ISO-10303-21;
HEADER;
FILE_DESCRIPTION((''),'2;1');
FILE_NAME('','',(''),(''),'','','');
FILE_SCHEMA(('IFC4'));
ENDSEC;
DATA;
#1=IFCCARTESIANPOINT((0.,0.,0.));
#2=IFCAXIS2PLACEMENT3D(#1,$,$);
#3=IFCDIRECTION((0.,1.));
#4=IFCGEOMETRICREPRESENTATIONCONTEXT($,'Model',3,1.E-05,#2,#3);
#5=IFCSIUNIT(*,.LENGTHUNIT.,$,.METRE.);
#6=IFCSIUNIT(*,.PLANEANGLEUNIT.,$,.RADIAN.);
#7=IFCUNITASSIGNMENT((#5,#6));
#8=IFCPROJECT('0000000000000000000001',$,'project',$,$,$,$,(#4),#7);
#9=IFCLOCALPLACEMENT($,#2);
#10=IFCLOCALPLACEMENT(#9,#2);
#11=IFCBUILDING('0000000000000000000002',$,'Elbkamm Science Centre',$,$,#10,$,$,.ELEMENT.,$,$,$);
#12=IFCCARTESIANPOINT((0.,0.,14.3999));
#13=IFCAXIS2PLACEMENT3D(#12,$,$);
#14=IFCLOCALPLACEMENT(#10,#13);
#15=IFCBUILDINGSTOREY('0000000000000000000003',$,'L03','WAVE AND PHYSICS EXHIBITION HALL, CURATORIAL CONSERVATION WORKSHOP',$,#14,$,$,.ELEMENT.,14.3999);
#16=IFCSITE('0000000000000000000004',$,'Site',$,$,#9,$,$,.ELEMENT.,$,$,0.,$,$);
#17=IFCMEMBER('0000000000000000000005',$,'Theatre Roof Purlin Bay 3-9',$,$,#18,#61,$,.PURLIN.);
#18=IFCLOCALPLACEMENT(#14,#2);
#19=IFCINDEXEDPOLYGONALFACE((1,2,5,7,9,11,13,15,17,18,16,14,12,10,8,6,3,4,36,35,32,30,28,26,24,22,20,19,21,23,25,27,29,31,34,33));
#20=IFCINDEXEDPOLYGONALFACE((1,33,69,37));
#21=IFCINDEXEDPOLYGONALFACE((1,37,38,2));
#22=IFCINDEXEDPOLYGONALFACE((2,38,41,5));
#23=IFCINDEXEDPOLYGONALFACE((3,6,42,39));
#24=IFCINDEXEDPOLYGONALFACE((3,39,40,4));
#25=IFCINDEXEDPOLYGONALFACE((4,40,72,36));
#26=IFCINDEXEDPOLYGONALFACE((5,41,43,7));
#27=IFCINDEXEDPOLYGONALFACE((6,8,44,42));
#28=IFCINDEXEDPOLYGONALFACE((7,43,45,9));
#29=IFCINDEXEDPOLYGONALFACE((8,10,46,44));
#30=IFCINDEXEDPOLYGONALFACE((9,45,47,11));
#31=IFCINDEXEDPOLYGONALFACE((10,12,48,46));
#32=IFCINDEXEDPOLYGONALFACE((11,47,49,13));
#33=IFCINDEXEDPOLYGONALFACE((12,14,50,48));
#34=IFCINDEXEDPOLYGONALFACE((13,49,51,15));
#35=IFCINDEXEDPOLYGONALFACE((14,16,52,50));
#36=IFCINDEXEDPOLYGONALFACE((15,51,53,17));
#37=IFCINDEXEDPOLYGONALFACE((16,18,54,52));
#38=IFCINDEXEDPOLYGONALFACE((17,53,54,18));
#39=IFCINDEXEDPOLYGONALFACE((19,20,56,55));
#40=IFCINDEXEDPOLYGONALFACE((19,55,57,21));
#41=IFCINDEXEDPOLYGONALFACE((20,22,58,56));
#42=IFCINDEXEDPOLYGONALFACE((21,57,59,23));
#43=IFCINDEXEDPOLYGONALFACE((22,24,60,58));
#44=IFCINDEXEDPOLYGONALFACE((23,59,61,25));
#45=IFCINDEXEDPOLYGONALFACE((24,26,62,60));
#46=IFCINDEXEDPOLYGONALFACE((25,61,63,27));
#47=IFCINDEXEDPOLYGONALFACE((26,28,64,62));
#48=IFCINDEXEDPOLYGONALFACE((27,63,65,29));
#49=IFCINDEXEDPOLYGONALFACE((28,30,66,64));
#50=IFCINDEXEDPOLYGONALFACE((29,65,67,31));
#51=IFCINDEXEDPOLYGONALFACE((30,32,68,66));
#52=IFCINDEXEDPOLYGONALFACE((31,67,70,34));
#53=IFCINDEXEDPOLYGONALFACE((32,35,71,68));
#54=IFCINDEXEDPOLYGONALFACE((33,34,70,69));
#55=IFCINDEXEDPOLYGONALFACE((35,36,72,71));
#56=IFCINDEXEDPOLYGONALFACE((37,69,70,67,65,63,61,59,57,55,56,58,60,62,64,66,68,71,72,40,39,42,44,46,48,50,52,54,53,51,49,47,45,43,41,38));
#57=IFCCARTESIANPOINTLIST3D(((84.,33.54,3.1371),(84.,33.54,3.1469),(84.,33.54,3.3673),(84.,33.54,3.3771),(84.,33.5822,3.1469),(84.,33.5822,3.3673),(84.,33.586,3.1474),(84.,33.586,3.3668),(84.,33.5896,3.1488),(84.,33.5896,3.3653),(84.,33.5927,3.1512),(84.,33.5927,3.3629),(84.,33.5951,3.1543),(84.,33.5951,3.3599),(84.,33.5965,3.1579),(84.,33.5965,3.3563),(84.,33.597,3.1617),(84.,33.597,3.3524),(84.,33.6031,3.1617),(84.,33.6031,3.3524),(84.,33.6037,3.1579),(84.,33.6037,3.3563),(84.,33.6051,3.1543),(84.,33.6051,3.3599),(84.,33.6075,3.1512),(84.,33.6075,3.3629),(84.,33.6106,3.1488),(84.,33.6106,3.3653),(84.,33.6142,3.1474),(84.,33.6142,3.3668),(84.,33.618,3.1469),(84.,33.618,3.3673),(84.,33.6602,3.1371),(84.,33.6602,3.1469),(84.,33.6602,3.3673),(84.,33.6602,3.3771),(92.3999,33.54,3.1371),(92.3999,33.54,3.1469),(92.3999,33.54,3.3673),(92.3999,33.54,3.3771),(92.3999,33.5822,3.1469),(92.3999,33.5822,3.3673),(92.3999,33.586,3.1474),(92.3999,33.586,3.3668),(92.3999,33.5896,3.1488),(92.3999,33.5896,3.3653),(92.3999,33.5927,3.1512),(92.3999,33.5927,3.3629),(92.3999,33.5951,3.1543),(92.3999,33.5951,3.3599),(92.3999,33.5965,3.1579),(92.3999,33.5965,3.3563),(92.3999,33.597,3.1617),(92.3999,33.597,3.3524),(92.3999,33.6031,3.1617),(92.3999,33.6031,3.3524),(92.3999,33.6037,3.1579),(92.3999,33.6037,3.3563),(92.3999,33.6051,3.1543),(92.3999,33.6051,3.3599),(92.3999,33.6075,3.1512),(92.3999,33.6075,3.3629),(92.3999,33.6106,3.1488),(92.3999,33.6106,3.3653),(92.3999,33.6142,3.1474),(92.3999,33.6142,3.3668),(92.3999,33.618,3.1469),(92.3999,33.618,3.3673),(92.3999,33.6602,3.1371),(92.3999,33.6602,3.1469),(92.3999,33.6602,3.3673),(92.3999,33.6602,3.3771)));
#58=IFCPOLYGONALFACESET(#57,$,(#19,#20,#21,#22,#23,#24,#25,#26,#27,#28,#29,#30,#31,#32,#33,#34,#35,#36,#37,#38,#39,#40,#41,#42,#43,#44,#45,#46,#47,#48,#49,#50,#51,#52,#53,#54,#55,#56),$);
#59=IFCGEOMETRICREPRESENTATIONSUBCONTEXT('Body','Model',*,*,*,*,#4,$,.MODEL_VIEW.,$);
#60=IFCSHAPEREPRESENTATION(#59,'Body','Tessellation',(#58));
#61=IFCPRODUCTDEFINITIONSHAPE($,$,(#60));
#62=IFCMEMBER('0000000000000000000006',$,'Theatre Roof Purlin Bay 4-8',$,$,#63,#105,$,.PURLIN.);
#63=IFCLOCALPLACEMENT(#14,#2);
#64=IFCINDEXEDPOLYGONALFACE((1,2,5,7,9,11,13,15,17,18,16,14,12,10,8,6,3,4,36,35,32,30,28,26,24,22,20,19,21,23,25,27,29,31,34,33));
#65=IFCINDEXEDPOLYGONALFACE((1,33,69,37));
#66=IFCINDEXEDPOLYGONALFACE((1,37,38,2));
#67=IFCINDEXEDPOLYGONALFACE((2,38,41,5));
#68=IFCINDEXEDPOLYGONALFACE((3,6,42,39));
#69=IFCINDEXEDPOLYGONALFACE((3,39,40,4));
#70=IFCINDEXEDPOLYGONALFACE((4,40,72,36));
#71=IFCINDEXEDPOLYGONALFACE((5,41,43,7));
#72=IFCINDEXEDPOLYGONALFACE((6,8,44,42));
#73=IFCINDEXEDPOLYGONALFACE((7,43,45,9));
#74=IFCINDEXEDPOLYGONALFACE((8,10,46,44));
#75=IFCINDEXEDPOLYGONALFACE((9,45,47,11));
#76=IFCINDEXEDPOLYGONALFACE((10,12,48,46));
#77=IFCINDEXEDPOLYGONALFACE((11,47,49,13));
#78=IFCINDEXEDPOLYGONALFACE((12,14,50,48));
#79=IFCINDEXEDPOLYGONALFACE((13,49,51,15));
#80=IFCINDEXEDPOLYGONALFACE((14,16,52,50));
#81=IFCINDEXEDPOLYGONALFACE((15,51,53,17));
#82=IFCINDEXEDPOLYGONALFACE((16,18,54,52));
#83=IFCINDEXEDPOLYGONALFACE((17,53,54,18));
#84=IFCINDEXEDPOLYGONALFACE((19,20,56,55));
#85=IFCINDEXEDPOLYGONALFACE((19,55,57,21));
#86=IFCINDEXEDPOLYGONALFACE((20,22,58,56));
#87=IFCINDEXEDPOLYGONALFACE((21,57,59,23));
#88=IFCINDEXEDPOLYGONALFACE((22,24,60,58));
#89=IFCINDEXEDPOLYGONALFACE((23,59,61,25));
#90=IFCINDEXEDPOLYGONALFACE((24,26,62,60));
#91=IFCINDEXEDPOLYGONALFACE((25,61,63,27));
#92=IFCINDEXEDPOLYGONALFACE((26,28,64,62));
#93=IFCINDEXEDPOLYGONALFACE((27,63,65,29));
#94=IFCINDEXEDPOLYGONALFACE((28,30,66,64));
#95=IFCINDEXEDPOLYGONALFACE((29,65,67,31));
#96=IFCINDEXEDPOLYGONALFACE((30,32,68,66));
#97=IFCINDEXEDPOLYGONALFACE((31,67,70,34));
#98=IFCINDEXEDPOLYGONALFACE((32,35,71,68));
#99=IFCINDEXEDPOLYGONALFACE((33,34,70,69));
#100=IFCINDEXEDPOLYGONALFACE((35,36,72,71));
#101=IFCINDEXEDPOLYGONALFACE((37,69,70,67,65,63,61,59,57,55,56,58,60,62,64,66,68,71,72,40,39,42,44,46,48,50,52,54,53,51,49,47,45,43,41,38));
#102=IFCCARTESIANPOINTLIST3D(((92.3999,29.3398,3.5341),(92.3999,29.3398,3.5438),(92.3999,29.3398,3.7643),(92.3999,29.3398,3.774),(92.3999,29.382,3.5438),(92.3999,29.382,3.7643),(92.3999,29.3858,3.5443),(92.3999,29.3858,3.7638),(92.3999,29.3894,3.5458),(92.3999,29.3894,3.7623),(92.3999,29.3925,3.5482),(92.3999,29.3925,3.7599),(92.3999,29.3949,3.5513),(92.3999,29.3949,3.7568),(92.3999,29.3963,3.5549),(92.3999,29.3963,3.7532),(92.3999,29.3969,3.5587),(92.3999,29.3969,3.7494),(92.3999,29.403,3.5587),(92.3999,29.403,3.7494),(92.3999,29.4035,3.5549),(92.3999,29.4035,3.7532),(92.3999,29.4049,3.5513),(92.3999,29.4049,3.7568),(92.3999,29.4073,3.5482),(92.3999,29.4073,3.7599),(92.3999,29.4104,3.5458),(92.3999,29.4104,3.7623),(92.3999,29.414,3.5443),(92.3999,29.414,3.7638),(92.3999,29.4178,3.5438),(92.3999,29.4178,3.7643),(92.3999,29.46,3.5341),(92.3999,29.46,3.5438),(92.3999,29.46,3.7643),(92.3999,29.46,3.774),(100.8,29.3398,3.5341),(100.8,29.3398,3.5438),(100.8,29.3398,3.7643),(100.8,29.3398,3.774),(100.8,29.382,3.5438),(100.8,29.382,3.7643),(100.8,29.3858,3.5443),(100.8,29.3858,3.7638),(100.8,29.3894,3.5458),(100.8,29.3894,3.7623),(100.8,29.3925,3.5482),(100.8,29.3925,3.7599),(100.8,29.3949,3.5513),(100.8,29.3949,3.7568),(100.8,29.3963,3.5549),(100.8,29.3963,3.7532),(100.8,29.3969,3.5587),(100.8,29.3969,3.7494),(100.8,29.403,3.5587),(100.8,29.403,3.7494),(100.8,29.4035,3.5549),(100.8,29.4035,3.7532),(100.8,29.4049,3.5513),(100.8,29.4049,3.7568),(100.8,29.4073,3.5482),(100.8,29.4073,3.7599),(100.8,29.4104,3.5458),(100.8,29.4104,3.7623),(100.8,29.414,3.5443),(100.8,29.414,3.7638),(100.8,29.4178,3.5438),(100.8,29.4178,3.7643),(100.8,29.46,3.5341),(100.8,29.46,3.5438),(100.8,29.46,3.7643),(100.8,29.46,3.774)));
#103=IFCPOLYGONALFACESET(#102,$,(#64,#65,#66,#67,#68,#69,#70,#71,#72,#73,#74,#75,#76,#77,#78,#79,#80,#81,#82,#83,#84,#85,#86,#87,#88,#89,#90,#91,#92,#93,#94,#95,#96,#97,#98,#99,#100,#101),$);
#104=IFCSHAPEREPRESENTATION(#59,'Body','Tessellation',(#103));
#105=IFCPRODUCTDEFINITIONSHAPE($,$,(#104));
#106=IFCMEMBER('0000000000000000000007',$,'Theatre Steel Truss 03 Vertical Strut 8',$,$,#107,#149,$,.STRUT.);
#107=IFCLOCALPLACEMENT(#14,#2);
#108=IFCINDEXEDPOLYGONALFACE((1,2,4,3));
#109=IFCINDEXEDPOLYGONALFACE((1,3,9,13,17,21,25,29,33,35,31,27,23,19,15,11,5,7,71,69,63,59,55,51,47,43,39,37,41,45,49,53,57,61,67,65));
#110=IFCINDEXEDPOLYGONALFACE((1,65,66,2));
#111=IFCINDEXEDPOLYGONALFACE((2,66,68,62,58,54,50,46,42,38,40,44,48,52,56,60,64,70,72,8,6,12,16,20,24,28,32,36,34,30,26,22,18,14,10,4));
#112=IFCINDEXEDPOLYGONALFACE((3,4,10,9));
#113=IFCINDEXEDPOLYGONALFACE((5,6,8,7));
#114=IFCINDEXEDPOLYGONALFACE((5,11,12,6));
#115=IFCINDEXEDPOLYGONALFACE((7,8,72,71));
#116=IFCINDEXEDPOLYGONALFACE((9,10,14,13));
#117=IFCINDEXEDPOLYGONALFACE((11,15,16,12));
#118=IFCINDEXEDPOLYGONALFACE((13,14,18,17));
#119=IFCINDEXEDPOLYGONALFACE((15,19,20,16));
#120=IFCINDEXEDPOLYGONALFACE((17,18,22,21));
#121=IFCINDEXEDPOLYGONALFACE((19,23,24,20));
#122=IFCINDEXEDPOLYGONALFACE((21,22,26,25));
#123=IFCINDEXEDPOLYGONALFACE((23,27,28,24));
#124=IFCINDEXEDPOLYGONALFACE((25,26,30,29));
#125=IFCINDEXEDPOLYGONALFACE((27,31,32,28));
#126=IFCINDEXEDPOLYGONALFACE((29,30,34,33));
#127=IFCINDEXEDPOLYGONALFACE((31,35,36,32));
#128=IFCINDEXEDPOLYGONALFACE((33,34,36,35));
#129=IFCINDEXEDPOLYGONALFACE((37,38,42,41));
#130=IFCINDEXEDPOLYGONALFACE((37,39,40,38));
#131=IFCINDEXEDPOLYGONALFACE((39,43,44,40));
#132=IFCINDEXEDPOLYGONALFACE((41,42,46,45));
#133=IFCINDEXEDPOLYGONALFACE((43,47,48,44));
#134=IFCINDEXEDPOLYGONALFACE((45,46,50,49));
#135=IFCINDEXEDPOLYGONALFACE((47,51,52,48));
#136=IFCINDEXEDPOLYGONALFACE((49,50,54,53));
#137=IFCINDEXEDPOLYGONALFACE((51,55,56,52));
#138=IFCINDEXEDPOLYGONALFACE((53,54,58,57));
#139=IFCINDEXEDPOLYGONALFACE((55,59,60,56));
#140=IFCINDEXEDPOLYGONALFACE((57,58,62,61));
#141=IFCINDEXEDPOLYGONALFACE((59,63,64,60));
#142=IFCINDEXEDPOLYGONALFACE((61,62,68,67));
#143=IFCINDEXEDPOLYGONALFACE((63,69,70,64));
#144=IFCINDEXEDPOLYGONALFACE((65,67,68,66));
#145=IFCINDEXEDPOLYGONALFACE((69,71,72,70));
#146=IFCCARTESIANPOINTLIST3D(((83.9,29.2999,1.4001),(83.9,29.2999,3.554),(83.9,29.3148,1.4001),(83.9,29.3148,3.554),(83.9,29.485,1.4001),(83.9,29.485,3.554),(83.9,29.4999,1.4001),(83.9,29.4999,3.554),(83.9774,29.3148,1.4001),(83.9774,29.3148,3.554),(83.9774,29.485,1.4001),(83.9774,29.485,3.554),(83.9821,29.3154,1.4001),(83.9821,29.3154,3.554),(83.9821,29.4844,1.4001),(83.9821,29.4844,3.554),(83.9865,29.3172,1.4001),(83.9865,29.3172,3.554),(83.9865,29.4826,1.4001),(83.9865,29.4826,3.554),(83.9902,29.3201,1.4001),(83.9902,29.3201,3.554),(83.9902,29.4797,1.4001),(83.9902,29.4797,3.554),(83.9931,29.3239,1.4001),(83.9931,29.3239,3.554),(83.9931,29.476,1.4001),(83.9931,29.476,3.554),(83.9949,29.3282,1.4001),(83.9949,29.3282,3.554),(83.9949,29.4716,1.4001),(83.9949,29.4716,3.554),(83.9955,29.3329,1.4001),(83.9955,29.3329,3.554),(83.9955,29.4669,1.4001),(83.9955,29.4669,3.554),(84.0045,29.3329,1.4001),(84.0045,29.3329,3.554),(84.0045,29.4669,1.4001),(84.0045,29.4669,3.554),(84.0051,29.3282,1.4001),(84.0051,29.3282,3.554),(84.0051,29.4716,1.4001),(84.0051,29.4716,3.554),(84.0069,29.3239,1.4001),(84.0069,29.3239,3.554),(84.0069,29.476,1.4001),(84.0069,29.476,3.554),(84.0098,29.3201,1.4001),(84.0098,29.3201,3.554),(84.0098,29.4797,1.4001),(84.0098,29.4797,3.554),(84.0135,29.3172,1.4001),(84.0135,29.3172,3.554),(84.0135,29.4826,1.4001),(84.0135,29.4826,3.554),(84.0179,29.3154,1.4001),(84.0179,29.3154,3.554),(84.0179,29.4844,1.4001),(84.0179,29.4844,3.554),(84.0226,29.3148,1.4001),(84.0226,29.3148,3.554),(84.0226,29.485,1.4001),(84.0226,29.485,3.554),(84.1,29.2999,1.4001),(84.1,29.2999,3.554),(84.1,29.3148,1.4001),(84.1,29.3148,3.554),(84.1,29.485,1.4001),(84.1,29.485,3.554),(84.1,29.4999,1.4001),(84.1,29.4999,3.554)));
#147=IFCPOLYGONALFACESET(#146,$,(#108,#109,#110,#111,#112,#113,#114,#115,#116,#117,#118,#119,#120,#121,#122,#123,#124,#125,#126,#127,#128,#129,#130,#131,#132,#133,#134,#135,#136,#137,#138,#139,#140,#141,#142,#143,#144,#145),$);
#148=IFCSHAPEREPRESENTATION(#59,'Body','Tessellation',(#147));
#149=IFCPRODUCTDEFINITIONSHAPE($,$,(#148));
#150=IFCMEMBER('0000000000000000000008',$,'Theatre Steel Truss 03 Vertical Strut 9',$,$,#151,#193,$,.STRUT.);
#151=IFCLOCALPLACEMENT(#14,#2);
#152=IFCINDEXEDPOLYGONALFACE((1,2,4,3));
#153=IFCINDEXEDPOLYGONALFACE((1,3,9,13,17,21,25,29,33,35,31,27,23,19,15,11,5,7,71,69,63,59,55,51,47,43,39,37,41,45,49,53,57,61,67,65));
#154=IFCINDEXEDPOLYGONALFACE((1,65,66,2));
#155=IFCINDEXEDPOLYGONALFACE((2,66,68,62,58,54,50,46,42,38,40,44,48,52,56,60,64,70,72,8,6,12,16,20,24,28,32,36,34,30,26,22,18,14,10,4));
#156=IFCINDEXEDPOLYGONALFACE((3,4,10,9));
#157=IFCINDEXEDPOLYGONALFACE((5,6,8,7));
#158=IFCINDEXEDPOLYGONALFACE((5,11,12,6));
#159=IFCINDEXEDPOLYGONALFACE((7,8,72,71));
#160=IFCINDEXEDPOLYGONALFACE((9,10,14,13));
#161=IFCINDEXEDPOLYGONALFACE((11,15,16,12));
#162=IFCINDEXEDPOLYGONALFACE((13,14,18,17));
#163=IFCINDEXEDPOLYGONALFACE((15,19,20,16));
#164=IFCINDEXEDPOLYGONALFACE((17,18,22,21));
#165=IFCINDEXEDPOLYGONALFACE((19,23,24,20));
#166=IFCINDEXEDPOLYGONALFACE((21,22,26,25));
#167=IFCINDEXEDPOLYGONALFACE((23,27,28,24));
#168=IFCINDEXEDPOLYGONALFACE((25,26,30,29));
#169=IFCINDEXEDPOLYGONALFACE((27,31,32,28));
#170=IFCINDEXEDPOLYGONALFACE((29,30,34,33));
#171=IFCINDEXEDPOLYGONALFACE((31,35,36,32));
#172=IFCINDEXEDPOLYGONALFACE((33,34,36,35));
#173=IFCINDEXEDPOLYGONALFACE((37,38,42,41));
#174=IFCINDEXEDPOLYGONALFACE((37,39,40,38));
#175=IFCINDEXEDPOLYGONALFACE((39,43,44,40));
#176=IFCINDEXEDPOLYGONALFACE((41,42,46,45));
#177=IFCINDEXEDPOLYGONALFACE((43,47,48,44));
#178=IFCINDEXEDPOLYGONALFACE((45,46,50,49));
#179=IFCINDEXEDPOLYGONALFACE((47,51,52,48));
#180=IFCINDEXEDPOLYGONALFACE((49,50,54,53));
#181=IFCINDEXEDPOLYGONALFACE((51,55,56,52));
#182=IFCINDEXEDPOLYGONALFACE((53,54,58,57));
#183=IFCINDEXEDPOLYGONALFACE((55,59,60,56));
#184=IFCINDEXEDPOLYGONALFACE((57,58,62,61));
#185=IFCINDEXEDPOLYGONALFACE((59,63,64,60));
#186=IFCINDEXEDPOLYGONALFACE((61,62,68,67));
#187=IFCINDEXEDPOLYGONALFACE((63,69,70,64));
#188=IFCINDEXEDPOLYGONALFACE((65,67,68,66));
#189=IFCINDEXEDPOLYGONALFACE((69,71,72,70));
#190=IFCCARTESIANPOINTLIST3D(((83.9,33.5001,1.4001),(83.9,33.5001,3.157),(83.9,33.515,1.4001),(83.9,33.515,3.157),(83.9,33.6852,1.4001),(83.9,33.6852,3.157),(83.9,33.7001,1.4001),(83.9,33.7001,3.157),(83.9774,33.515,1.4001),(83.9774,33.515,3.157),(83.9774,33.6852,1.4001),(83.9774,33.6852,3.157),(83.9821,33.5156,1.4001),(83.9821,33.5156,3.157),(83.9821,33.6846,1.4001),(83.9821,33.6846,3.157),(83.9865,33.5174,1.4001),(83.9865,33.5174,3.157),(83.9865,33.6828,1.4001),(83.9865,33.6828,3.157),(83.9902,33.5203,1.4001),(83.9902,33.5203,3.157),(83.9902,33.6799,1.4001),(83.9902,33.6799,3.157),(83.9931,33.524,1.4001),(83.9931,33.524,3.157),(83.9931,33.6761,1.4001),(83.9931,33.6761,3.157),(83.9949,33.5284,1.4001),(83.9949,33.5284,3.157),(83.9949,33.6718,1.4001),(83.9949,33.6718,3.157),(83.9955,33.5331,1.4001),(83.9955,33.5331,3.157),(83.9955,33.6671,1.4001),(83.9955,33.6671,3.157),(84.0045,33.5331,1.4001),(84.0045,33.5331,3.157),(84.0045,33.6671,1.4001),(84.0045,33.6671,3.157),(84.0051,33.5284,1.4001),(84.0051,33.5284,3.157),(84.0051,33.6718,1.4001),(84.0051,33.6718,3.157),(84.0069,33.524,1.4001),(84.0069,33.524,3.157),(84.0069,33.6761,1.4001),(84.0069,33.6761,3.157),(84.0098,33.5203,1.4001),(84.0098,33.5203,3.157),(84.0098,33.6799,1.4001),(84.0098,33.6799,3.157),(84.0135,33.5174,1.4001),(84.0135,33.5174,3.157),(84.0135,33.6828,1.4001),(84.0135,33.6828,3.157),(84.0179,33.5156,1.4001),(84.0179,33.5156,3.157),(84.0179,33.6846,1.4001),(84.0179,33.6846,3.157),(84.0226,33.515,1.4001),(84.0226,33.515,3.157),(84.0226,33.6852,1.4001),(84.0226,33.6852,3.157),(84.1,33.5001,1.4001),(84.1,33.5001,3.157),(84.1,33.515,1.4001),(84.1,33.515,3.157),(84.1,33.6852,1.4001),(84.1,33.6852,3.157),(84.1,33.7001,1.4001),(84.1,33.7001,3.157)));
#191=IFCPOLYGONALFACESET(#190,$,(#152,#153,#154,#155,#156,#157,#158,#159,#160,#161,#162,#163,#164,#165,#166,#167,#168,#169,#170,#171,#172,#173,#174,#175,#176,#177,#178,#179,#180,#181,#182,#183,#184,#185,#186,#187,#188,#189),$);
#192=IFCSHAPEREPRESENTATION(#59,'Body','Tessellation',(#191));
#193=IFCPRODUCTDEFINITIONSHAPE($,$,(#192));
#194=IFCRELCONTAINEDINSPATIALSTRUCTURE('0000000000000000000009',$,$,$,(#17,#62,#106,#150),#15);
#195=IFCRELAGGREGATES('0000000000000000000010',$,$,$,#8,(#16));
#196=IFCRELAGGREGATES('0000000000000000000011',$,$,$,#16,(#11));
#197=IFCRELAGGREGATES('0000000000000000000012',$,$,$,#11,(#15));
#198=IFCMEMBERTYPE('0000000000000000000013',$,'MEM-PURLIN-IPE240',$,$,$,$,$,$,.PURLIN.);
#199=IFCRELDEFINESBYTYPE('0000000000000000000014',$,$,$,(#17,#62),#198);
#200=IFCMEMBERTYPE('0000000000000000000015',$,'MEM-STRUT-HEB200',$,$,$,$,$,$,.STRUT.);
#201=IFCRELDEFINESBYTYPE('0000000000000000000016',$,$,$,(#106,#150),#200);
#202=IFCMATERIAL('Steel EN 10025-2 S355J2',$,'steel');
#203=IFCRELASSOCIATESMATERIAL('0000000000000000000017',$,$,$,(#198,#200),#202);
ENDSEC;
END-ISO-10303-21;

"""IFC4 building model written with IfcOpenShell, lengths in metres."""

from ifc_helpers import new_model, si_unit, direction, frame, origin, origin_2d, place, context, subcontext, project, spatial, i_section, extrude, material, material_profile, profile_set, type_object, element, save


model = new_model("IFC4")

# Units and contexts
model_context = context("Model", 3, precision=1e-05, world=origin(), true_north=direction((0.0, 1.0)))
body_context = subcontext(model_context, "Body", "Model", "MODEL_VIEW")
ifc_project = project(units=[si_unit("LENGTHUNIT", "METRE"), si_unit("PLANEANGLEUNIT", "RADIAN")], contexts=[model_context])

# Site, building, storey
site_placement = place(None, origin())
site = spatial("IfcSite", under=ifc_project, at=site_placement, Name="Site", CompositionType="ELEMENT", RefElevation=0.0)
building_placement = place(site_placement, origin())
building = spatial("IfcBuilding", under=site, at=building_placement, Name="Elbkamm Science Centre", CompositionType="ELEMENT")
storey_placement = place(building_placement, frame((0.0, 0.0, 14.3999)))
storey = spatial("IfcBuildingStorey", under=building, at=storey_placement, Name="L03", Description="WAVE AND PHYSICS EXHIBITION HALL, CURATORIAL CONSERVATION WORKSHOP", CompositionType="ELEMENT", Elevation=14.3999)

# Shared definitions
ifc_material_1 = material(Name="Steel EN 10025-2 S355J2", Category="steel")

# Members
ifc_material_profile_1 = material_profile(ifc_material_1, i_section(OverallWidth=0.1201, OverallDepth=0.24, WebThickness=0.0061, FlangeThickness=0.0098, FilletRadius=0.0149, at=origin_2d()), Name="IPE 240")
ifc_profile_set_1 = profile_set([ifc_material_profile_1], Name="Steel EN 10025-2 S355J2")
member_type_1 = type_object("IfcMemberType", Name="MEM-PURLIN-IPE240", PredefinedType="PURLIN", material=ifc_profile_set_1)
for number, where, z_axis, x_axis, name in (
    (1, (84.0, 33.6001, 3.2571), (1.0, 0.0, 0.0), (0.0, 1.0, 0.0), "Theatre Roof Purlin Bay 3-9"),
):
    element("IfcMember", number, at=place(storey_placement, frame(where, z_axis=z_axis, x_axis=x_axis)), inside=storey, type_object=member_type_1, Name=name, PredefinedType="PURLIN", context=body_context, shape_type="SweptSolid", body=[
        extrude(i_section(OverallWidth=0.1201, OverallDepth=0.24, WebThickness=0.0061, FlangeThickness=0.0098, FilletRadius=0.0149, at=origin_2d()), origin(), (0.0, 0.0, 1.0), 8.3999),
    ])
member_1_placement = place(storey_placement, frame((92.3999, 29.3999, 3.6541), z_axis=(1.0, 0.0, 0.0), x_axis=(0.0, 1.0, 0.0)))
element("IfcMember", 2, at=member_1_placement, inside=storey, type_object=member_type_1, Name="Theatre Roof Purlin Bay 4-8", PredefinedType="PURLIN", context=body_context, shape_type="SweptSolid", body=[
    extrude(i_section(OverallWidth=0.1201, OverallDepth=0.24, WebThickness=0.0061, FlangeThickness=0.0098, FilletRadius=0.0149, at=origin_2d()), origin(), (0.0, 0.0, 1.0), 8.4001),
])
ifc_material_profile_2 = material_profile(ifc_material_1, i_section(OverallWidth=0.2, OverallDepth=0.2, WebThickness=0.009, FlangeThickness=0.0149, FilletRadius=0.0181, at=origin_2d()), Name="HEB 200")
ifc_profile_set_2 = profile_set([ifc_material_profile_2], Name="Steel EN 10025-2 S355J2")
member_type_2 = type_object("IfcMemberType", Name="MEM-STRUT-HEB200", PredefinedType="STRUT", material=ifc_profile_set_2)
member_2_placement = place(storey_placement, frame((84.0, 29.3999, 1.4001), z_axis=(0.0, 0.0, 1.0), x_axis=(1.0, 0.0, 0.0)))
element("IfcMember", 3, at=member_2_placement, inside=storey, type_object=member_type_2, Name="Theatre Steel Truss 03 Vertical Strut 8", PredefinedType="STRUT", context=body_context, shape_type="SweptSolid", body=[
    extrude(i_section(OverallWidth=0.2, OverallDepth=0.2, WebThickness=0.009, FlangeThickness=0.0149, FilletRadius=0.0181, at=origin_2d()), origin(), (0.0, 0.0, 1.0), 2.1538),
])
member_3_placement = place(storey_placement, frame((84.0, 33.6001, 1.4001), z_axis=(0.0, 0.0, 1.0), x_axis=(1.0, 0.0, 0.0)))
element("IfcMember", 4, at=member_3_placement, inside=storey, type_object=member_type_2, Name="Theatre Steel Truss 03 Vertical Strut 9", PredefinedType="STRUT", context=body_context, shape_type="SweptSolid", body=[
    extrude(i_section(OverallWidth=0.2, OverallDepth=0.2, WebThickness=0.009, FlangeThickness=0.0149, FilletRadius=0.0181, at=origin_2d()), origin(), (0.0, 0.0, 1.0), 1.7568),
])

save(model, "model.ifc")
